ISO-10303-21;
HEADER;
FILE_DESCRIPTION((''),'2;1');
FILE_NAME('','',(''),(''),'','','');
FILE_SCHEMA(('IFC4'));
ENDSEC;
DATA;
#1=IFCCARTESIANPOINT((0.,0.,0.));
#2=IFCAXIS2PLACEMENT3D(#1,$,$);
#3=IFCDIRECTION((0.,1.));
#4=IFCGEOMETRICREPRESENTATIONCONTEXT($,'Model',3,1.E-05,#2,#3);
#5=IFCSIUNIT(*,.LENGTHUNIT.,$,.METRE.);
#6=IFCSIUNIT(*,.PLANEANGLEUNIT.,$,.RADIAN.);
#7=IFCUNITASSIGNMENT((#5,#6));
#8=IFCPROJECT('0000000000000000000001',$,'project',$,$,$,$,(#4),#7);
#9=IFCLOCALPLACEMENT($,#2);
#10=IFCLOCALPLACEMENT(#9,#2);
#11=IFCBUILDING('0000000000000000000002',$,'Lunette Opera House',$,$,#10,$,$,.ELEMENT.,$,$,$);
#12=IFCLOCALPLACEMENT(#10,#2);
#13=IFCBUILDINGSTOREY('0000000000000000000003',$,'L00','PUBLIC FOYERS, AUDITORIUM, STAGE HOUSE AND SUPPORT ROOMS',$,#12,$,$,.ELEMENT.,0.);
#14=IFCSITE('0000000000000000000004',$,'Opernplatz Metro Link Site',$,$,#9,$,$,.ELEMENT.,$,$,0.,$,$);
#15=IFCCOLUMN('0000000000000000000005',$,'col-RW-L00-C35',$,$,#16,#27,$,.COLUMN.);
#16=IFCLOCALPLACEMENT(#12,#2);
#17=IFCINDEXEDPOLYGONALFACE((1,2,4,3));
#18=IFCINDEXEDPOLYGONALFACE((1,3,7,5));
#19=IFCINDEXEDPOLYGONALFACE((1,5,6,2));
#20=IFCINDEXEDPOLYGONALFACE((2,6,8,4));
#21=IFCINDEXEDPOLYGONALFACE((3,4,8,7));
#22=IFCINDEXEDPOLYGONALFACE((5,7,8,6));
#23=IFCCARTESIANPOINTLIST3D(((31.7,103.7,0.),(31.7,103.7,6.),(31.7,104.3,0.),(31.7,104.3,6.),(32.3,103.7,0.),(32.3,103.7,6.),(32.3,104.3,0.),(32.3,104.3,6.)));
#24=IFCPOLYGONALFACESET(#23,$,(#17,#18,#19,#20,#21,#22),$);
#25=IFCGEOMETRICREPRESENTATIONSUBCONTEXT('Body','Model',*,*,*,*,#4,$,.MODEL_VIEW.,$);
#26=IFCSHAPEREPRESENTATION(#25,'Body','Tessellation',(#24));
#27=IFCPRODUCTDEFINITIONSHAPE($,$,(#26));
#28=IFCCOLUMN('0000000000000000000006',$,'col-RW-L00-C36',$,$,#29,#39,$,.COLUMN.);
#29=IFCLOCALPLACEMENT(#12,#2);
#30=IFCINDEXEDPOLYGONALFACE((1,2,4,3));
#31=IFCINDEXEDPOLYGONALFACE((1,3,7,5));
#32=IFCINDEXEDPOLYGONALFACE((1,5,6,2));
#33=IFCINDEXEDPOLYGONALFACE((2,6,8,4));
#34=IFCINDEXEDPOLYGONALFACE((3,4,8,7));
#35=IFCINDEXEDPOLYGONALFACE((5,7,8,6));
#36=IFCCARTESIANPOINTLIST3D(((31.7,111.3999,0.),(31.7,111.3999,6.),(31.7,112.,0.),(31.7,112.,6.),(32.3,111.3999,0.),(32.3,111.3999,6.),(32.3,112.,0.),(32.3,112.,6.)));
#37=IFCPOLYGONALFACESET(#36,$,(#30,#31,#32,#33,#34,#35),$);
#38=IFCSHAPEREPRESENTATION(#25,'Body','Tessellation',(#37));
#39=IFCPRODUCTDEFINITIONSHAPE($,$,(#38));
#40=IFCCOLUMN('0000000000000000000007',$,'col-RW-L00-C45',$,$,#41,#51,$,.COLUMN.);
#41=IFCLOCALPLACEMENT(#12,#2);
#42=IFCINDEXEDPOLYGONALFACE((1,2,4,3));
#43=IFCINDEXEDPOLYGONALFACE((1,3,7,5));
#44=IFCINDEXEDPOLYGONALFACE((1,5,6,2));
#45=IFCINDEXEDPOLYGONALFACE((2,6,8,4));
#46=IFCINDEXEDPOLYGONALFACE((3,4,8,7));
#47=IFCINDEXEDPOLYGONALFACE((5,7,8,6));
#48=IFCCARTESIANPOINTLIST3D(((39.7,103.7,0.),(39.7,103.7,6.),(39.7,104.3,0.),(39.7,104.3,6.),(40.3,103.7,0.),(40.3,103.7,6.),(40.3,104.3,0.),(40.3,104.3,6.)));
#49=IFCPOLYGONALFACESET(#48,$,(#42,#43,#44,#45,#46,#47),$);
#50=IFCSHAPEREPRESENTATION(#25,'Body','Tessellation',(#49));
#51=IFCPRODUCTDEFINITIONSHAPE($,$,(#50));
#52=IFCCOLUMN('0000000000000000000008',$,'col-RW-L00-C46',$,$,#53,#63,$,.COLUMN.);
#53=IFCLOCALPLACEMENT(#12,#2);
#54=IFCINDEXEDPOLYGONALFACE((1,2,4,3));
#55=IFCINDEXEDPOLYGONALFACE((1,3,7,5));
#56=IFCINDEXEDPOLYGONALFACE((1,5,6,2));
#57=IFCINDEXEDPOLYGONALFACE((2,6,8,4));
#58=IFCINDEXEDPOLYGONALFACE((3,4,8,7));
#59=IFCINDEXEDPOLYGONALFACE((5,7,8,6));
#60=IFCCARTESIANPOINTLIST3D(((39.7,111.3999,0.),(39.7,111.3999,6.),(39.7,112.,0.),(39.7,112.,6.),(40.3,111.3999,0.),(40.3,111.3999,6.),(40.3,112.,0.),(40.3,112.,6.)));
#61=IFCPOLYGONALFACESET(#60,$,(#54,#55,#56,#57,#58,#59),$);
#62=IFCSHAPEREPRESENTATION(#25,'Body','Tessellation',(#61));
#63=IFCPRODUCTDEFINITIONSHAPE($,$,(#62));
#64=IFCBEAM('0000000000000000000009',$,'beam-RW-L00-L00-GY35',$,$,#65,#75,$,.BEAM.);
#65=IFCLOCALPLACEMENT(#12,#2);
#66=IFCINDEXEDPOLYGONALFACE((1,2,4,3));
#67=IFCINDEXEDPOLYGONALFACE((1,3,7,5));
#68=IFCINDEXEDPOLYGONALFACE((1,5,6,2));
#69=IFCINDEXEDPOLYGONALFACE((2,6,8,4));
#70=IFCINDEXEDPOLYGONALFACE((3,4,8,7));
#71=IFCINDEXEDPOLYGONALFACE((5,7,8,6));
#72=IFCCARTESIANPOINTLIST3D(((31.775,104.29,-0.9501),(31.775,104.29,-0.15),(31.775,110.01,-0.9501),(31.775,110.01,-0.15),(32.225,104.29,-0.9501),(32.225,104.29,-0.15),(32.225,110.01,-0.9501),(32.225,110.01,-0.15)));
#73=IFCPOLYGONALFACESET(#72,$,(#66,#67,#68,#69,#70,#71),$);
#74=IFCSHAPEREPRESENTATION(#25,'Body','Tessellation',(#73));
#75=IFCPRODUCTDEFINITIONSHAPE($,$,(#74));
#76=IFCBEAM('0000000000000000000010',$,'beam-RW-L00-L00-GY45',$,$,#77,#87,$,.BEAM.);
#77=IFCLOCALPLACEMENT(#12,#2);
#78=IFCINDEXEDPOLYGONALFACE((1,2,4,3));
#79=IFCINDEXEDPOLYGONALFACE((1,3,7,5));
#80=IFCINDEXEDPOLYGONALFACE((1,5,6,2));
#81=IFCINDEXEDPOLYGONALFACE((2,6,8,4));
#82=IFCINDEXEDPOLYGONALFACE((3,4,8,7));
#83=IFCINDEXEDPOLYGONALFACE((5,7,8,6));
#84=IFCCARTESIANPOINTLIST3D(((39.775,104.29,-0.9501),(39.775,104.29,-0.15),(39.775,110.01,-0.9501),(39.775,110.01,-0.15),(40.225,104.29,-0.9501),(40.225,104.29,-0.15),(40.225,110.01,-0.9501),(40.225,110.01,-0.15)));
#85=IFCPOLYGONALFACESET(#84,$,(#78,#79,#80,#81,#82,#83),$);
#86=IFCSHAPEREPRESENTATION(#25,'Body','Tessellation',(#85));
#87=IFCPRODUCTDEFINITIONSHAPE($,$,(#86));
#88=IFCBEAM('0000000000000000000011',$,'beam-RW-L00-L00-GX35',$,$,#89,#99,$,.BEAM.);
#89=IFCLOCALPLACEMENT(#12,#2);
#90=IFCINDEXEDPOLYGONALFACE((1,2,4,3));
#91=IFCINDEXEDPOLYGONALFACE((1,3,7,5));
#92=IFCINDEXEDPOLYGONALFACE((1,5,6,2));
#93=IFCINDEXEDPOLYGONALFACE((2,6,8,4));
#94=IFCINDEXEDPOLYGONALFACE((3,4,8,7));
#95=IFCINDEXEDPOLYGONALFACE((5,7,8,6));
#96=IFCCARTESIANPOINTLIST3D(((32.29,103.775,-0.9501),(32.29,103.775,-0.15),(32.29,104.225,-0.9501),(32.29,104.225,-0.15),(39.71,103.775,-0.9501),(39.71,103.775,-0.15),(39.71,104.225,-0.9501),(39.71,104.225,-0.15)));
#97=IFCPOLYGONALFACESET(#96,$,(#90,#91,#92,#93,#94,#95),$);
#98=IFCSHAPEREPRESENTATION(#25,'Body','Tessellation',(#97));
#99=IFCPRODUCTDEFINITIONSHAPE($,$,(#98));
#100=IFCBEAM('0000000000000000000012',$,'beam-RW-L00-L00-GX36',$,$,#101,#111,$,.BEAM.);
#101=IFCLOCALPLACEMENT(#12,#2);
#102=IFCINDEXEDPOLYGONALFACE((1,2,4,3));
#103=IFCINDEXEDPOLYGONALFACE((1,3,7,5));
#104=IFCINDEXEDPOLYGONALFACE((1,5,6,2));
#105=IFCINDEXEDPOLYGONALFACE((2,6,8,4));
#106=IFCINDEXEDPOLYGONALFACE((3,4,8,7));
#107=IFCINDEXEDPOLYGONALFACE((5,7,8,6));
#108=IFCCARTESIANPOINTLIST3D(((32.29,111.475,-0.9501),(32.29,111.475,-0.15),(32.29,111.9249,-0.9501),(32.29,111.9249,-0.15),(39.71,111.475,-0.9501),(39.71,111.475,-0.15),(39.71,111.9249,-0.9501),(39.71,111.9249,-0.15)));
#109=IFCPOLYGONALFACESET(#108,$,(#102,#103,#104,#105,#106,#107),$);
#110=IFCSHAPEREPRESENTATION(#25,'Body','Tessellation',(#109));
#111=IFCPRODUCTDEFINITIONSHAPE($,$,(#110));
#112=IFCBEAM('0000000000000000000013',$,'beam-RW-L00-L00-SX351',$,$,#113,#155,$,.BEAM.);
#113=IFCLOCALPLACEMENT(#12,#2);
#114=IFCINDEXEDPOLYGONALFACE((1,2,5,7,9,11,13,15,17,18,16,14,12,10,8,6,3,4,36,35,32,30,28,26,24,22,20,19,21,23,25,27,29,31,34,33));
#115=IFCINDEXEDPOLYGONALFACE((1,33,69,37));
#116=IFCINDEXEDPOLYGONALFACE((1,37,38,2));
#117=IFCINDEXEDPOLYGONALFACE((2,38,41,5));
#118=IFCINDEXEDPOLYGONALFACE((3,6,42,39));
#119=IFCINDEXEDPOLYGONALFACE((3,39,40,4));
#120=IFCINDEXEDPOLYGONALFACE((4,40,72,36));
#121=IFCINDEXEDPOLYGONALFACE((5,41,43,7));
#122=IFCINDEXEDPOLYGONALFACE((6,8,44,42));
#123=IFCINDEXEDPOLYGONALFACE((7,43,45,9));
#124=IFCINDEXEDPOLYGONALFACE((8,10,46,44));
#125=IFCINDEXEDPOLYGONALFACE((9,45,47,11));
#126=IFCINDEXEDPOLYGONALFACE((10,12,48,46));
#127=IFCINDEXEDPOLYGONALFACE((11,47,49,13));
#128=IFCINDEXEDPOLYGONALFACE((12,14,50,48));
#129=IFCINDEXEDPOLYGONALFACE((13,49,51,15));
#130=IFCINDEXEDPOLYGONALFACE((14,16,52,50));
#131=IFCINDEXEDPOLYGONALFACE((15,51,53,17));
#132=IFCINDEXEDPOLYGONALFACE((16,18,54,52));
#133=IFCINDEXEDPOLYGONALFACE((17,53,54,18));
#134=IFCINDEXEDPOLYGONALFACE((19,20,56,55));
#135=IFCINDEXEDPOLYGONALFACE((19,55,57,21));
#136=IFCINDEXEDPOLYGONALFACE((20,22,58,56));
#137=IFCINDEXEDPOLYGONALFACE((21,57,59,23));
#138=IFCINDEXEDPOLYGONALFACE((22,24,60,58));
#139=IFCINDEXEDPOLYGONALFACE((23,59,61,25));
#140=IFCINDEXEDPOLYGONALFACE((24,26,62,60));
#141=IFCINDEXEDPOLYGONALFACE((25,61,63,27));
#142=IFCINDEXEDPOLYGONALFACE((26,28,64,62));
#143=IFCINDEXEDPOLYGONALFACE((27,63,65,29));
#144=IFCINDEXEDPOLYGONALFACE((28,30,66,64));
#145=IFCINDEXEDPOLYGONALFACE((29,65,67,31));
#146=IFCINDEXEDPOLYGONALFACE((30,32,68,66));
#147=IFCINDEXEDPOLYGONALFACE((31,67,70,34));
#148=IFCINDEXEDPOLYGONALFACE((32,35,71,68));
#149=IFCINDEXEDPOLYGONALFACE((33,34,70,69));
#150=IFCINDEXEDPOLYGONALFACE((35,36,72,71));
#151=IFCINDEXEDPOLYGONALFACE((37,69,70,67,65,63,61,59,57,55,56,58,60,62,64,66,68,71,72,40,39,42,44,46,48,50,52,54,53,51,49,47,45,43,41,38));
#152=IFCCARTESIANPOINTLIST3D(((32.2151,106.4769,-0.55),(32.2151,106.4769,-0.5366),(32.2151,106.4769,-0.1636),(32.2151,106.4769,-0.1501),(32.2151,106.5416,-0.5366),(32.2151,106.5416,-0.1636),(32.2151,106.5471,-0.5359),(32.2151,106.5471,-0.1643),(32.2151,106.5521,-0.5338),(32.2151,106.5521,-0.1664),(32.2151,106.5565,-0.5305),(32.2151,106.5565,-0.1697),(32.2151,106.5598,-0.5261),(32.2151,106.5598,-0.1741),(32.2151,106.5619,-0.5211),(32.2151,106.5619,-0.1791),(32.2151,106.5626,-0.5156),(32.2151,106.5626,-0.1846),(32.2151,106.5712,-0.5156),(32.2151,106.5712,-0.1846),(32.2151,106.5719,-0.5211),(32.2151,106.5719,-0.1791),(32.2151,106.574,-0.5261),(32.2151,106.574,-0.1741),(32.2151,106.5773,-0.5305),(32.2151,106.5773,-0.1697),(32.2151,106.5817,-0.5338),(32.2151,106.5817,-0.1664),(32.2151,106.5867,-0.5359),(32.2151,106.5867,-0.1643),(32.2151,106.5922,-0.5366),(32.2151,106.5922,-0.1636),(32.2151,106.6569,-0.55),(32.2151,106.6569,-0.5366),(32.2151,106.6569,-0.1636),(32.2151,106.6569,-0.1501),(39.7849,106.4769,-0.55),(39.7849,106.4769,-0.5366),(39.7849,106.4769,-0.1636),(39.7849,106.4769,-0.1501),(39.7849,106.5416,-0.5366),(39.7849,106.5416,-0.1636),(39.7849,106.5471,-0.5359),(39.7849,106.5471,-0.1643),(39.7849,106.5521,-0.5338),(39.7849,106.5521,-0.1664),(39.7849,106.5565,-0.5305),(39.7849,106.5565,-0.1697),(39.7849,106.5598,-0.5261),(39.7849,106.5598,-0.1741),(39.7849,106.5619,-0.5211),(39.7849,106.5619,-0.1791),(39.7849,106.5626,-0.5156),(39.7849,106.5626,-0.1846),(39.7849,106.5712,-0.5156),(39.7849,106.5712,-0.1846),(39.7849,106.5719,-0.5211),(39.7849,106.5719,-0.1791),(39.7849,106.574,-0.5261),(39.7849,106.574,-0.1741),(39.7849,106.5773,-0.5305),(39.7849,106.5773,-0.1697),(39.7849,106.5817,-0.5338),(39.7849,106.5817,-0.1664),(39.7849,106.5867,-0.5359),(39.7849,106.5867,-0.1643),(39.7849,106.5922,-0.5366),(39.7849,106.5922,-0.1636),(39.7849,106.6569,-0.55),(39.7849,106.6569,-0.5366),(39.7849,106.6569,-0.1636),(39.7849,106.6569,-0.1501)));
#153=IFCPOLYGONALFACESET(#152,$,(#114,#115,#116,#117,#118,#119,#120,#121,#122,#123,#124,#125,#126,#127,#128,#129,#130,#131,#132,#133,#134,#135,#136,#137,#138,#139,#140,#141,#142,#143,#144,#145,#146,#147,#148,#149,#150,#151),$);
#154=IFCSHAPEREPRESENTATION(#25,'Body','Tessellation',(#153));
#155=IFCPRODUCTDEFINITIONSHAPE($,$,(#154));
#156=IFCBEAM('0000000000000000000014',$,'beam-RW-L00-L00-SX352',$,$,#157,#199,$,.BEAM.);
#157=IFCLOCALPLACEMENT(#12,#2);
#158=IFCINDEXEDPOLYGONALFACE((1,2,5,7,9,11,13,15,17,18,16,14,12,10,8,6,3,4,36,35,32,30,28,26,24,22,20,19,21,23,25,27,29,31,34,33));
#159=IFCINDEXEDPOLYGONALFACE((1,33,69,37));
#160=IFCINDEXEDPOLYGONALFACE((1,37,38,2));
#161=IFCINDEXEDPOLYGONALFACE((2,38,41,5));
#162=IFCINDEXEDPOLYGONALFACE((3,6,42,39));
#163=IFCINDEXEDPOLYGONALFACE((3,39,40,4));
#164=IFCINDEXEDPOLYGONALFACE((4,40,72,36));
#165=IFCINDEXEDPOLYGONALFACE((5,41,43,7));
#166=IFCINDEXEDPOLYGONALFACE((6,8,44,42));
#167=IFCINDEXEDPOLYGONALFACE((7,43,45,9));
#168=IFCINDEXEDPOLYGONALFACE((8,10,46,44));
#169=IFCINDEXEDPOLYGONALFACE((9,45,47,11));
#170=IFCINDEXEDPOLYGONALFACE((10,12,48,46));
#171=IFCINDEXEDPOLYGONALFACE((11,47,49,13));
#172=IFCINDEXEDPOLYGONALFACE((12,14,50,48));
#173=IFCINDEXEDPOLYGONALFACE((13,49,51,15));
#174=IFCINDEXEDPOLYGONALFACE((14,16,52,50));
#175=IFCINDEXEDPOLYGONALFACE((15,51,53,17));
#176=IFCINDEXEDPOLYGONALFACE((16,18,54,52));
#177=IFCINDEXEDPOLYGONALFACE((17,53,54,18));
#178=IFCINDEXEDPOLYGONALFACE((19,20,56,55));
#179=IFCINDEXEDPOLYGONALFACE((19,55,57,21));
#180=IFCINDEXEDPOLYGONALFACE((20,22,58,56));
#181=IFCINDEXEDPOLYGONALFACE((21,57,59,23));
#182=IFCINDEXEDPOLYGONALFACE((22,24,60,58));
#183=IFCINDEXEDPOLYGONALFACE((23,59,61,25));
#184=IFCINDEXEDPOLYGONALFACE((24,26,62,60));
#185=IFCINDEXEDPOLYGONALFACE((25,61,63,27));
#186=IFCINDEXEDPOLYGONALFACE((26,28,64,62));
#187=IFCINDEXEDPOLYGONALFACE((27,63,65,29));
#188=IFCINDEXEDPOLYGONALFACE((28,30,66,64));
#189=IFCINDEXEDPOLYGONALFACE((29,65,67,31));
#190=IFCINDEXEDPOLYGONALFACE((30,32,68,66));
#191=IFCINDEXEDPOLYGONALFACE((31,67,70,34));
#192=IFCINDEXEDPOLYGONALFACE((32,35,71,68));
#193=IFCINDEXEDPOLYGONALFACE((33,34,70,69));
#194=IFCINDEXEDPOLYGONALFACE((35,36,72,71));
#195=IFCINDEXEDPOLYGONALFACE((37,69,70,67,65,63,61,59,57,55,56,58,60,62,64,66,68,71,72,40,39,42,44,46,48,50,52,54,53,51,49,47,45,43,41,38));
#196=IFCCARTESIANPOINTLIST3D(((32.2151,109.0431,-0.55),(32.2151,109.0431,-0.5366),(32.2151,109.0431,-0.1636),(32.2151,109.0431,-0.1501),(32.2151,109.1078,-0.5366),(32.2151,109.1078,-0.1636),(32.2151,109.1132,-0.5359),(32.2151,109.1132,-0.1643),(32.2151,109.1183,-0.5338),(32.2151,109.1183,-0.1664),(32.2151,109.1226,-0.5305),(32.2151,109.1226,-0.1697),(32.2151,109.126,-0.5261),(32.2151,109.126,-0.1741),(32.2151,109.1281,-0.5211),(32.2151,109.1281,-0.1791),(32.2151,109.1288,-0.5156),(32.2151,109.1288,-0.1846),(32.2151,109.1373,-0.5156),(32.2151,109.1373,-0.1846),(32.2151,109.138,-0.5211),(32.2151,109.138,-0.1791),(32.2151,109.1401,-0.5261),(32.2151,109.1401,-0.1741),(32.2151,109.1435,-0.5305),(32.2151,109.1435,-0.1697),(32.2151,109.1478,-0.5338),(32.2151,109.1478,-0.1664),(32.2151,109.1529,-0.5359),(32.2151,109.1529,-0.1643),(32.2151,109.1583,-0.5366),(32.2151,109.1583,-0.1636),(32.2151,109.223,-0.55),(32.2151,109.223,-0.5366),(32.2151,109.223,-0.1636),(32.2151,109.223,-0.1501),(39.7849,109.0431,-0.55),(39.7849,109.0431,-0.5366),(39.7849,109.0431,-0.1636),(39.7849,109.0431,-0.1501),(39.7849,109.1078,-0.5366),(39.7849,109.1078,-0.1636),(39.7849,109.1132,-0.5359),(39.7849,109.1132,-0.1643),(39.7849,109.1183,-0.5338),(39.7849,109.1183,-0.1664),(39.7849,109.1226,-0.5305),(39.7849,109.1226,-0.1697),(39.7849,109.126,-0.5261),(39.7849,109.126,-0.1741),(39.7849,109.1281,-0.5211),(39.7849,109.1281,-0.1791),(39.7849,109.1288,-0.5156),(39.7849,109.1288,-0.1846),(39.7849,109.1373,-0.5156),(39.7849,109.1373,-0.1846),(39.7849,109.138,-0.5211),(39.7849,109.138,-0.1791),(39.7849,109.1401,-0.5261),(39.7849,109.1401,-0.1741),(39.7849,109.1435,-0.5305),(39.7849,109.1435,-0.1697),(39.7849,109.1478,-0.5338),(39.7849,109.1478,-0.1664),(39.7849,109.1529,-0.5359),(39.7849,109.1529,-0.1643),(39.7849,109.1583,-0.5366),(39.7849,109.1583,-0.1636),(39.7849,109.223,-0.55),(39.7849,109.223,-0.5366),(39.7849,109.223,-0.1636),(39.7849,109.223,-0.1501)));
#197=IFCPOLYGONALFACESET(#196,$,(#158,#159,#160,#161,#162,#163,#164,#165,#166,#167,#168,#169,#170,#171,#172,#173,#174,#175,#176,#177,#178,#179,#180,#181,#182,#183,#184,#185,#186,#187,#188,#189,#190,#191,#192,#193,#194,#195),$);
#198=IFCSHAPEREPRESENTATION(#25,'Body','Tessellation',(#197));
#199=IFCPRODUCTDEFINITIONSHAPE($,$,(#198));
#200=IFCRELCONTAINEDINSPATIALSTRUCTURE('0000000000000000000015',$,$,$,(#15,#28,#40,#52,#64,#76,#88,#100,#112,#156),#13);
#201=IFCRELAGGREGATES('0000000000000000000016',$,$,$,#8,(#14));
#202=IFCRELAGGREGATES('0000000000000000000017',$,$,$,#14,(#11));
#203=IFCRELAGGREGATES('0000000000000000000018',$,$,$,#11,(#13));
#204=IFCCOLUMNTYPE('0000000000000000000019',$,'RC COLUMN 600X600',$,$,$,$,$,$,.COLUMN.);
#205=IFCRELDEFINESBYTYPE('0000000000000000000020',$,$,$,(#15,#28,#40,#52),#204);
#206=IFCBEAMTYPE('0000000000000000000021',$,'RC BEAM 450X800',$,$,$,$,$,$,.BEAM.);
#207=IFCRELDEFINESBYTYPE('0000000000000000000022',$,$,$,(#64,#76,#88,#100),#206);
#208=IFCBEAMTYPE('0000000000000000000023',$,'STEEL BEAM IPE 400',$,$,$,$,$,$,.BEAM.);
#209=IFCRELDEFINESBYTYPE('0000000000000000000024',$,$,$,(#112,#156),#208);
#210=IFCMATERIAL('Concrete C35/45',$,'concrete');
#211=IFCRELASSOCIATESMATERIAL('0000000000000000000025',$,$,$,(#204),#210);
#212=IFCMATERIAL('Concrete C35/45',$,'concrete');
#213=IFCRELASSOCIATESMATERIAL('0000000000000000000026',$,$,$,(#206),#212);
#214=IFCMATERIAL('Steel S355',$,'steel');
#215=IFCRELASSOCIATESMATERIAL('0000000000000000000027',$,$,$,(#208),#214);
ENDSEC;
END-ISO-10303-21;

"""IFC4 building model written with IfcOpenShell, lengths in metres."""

from ifc_helpers import new_model, si_unit, direction, frame, origin, origin_2d, place, context, subcontext, project, spatial, rectangle, i_section, extrude, material, material_profile, profile_set, type_object, element, save


model = new_model("IFC4")

# Units and contexts
model_context = context("Model", 3, precision=1e-05, world=origin(), true_north=direction((0.0, 1.0)))
body_context = subcontext(model_context, "Body", "Model", "MODEL_VIEW")
ifc_project = project(units=[si_unit("LENGTHUNIT", "METRE"), si_unit("PLANEANGLEUNIT", "RADIAN")], contexts=[model_context])

# Site, building, storey
site_placement = place(None, origin())
site = spatial("IfcSite", under=ifc_project, at=site_placement, Name="Opernplatz Metro Link Site", CompositionType="ELEMENT", RefElevation=0.0)
building_placement = place(site_placement, origin())
building = spatial("IfcBuilding", under=site, at=building_placement, Name="Lunette Opera House", CompositionType="ELEMENT")
storey_placement = place(building_placement, origin())
storey = spatial("IfcBuildingStorey", under=building, at=storey_placement, Name="L00", Description="PUBLIC FOYERS, AUDITORIUM, STAGE HOUSE AND SUPPORT ROOMS", CompositionType="ELEMENT", Elevation=0.0)

# Columns
ifc_material_1 = material(Name="Concrete C35/45", Category="concrete")
ifc_material_profile_1 = material_profile(ifc_material_1, rectangle(XDim=0.6001, YDim=0.6001, at=origin_2d()), Name="RC COLUMN 600X600")
ifc_profile_set_1 = profile_set([ifc_material_profile_1], Name="Concrete C35/45")
column_type = type_object("IfcColumnType", Name="RC COLUMN 600X600", PredefinedType="COLUMN", material=ifc_profile_set_1)
for number, where, z_axis, x_axis, name in (
    (1, (32.0, 104.0, 0.0), (0.0, 0.0, 1.0), (1.0, 0.0, 0.0), "col-RW-L00-C35"),
    (2, (32.0, 111.7, 0.0), (0.0, 0.0, 1.0), (1.0, 0.0, 0.0), "col-RW-L00-C36"),
    (3, (40.0, 104.0, 0.0), (0.0, 0.0, 1.0), (1.0, 0.0, 0.0), "col-RW-L00-C45"),
    (4, (40.0, 111.7, 0.0), (0.0, 0.0, 1.0), (1.0, 0.0, 0.0), "col-RW-L00-C46"),
):
    element("IfcColumn", number, at=place(storey_placement, frame(where, z_axis=z_axis, x_axis=x_axis)), inside=storey, type_object=column_type, Name=name, PredefinedType="COLUMN", context=body_context, shape_type="SweptSolid", body=[
        extrude(rectangle(XDim=0.6001, YDim=0.6001, at=origin_2d()), origin(), (0.0, 0.0, 1.0), 6.0),
    ])

# Beams
ifc_material_2 = material(Name="Concrete C35/45", Category="concrete")
ifc_material_profile_2 = material_profile(ifc_material_2, rectangle(XDim=0.45, YDim=0.8, at=origin_2d()), Name="RC BEAM 450X800")
ifc_profile_set_2 = profile_set([ifc_material_profile_2], Name="Concrete C35/45")
beam_type_1 = type_object("IfcBeamType", Name="RC BEAM 450X800", PredefinedType="BEAM", material=ifc_profile_set_2)
for number, where, z_axis, x_axis, name in (
    (5, (32.0, 104.29, -0.55), (0.0, 1.0, 0.0), (-1.0, 0.0, 0.0), "beam-RW-L00-L00-GY35"),
    (6, (40.0, 104.29, -0.55), (0.0, 1.0, 0.0), (-1.0, 0.0, 0.0), "beam-RW-L00-L00-GY45"),
):
    element("IfcBeam", number, at=place(storey_placement, frame(where, z_axis=z_axis, x_axis=x_axis)), inside=storey, type_object=beam_type_1, Name=name, PredefinedType="BEAM", context=body_context, shape_type="SweptSolid", body=[
        extrude(rectangle(XDim=0.45, YDim=0.8, at=origin_2d()), origin(), (0.0, 0.0, 1.0), 5.72),
    ])
for number, where, z_axis, x_axis, name in (
    (7, (32.29, 104.0, -0.55), (1.0, 0.0, 0.0), (0.0, 1.0, 0.0), "beam-RW-L00-L00-GX35"),
    (8, (32.29, 111.7, -0.55), (1.0, 0.0, 0.0), (0.0, 1.0, 0.0), "beam-RW-L00-L00-GX36"),
):
    element("IfcBeam", number, at=place(storey_placement, frame(where, z_axis=z_axis, x_axis=x_axis)), inside=storey, type_object=beam_type_1, Name=name, PredefinedType="BEAM", context=body_context, shape_type="SweptSolid", body=[
        extrude(rectangle(XDim=0.45, YDim=0.8, at=origin_2d()), origin(), (0.0, 0.0, 1.0), 7.4199),
    ])
ifc_material_3 = material(Name="Steel S355", Category="steel")
ifc_material_profile_3 = material_profile(ifc_material_3, i_section(OverallWidth=0.1799, OverallDepth=0.3999, WebThickness=0.0085, FlangeThickness=0.0134, FilletRadius=0.021, at=origin_2d()), Name="IPE 400")
ifc_profile_set_3 = profile_set([ifc_material_profile_3], Name="Steel S355")
beam_type_2 = type_object("IfcBeamType", Name="STEEL BEAM IPE 400", PredefinedType="BEAM", material=ifc_profile_set_3)
for number, where, z_axis, x_axis, name in (
    (9, (32.2151, 106.5669, -0.3501), (1.0, 0.0, 0.0), (0.0, 1.0, 0.0), "beam-RW-L00-L00-SX351"),
    (10, (32.2151, 109.1331, -0.3501), (1.0, 0.0, 0.0), (0.0, 1.0, 0.0), "beam-RW-L00-L00-SX352"),
):
    element("IfcBeam", number, at=place(storey_placement, frame(where, z_axis=z_axis, x_axis=x_axis)), inside=storey, type_object=beam_type_2, Name=name, PredefinedType="BEAM", context=body_context, shape_type="SweptSolid", body=[
        extrude(i_section(OverallWidth=0.1799, OverallDepth=0.3999, WebThickness=0.0085, FlangeThickness=0.0134, FilletRadius=0.021, at=origin_2d()), origin(), (0.0, 0.0, 1.0), 7.5698),
    ])

save(model, "model.ifc")
